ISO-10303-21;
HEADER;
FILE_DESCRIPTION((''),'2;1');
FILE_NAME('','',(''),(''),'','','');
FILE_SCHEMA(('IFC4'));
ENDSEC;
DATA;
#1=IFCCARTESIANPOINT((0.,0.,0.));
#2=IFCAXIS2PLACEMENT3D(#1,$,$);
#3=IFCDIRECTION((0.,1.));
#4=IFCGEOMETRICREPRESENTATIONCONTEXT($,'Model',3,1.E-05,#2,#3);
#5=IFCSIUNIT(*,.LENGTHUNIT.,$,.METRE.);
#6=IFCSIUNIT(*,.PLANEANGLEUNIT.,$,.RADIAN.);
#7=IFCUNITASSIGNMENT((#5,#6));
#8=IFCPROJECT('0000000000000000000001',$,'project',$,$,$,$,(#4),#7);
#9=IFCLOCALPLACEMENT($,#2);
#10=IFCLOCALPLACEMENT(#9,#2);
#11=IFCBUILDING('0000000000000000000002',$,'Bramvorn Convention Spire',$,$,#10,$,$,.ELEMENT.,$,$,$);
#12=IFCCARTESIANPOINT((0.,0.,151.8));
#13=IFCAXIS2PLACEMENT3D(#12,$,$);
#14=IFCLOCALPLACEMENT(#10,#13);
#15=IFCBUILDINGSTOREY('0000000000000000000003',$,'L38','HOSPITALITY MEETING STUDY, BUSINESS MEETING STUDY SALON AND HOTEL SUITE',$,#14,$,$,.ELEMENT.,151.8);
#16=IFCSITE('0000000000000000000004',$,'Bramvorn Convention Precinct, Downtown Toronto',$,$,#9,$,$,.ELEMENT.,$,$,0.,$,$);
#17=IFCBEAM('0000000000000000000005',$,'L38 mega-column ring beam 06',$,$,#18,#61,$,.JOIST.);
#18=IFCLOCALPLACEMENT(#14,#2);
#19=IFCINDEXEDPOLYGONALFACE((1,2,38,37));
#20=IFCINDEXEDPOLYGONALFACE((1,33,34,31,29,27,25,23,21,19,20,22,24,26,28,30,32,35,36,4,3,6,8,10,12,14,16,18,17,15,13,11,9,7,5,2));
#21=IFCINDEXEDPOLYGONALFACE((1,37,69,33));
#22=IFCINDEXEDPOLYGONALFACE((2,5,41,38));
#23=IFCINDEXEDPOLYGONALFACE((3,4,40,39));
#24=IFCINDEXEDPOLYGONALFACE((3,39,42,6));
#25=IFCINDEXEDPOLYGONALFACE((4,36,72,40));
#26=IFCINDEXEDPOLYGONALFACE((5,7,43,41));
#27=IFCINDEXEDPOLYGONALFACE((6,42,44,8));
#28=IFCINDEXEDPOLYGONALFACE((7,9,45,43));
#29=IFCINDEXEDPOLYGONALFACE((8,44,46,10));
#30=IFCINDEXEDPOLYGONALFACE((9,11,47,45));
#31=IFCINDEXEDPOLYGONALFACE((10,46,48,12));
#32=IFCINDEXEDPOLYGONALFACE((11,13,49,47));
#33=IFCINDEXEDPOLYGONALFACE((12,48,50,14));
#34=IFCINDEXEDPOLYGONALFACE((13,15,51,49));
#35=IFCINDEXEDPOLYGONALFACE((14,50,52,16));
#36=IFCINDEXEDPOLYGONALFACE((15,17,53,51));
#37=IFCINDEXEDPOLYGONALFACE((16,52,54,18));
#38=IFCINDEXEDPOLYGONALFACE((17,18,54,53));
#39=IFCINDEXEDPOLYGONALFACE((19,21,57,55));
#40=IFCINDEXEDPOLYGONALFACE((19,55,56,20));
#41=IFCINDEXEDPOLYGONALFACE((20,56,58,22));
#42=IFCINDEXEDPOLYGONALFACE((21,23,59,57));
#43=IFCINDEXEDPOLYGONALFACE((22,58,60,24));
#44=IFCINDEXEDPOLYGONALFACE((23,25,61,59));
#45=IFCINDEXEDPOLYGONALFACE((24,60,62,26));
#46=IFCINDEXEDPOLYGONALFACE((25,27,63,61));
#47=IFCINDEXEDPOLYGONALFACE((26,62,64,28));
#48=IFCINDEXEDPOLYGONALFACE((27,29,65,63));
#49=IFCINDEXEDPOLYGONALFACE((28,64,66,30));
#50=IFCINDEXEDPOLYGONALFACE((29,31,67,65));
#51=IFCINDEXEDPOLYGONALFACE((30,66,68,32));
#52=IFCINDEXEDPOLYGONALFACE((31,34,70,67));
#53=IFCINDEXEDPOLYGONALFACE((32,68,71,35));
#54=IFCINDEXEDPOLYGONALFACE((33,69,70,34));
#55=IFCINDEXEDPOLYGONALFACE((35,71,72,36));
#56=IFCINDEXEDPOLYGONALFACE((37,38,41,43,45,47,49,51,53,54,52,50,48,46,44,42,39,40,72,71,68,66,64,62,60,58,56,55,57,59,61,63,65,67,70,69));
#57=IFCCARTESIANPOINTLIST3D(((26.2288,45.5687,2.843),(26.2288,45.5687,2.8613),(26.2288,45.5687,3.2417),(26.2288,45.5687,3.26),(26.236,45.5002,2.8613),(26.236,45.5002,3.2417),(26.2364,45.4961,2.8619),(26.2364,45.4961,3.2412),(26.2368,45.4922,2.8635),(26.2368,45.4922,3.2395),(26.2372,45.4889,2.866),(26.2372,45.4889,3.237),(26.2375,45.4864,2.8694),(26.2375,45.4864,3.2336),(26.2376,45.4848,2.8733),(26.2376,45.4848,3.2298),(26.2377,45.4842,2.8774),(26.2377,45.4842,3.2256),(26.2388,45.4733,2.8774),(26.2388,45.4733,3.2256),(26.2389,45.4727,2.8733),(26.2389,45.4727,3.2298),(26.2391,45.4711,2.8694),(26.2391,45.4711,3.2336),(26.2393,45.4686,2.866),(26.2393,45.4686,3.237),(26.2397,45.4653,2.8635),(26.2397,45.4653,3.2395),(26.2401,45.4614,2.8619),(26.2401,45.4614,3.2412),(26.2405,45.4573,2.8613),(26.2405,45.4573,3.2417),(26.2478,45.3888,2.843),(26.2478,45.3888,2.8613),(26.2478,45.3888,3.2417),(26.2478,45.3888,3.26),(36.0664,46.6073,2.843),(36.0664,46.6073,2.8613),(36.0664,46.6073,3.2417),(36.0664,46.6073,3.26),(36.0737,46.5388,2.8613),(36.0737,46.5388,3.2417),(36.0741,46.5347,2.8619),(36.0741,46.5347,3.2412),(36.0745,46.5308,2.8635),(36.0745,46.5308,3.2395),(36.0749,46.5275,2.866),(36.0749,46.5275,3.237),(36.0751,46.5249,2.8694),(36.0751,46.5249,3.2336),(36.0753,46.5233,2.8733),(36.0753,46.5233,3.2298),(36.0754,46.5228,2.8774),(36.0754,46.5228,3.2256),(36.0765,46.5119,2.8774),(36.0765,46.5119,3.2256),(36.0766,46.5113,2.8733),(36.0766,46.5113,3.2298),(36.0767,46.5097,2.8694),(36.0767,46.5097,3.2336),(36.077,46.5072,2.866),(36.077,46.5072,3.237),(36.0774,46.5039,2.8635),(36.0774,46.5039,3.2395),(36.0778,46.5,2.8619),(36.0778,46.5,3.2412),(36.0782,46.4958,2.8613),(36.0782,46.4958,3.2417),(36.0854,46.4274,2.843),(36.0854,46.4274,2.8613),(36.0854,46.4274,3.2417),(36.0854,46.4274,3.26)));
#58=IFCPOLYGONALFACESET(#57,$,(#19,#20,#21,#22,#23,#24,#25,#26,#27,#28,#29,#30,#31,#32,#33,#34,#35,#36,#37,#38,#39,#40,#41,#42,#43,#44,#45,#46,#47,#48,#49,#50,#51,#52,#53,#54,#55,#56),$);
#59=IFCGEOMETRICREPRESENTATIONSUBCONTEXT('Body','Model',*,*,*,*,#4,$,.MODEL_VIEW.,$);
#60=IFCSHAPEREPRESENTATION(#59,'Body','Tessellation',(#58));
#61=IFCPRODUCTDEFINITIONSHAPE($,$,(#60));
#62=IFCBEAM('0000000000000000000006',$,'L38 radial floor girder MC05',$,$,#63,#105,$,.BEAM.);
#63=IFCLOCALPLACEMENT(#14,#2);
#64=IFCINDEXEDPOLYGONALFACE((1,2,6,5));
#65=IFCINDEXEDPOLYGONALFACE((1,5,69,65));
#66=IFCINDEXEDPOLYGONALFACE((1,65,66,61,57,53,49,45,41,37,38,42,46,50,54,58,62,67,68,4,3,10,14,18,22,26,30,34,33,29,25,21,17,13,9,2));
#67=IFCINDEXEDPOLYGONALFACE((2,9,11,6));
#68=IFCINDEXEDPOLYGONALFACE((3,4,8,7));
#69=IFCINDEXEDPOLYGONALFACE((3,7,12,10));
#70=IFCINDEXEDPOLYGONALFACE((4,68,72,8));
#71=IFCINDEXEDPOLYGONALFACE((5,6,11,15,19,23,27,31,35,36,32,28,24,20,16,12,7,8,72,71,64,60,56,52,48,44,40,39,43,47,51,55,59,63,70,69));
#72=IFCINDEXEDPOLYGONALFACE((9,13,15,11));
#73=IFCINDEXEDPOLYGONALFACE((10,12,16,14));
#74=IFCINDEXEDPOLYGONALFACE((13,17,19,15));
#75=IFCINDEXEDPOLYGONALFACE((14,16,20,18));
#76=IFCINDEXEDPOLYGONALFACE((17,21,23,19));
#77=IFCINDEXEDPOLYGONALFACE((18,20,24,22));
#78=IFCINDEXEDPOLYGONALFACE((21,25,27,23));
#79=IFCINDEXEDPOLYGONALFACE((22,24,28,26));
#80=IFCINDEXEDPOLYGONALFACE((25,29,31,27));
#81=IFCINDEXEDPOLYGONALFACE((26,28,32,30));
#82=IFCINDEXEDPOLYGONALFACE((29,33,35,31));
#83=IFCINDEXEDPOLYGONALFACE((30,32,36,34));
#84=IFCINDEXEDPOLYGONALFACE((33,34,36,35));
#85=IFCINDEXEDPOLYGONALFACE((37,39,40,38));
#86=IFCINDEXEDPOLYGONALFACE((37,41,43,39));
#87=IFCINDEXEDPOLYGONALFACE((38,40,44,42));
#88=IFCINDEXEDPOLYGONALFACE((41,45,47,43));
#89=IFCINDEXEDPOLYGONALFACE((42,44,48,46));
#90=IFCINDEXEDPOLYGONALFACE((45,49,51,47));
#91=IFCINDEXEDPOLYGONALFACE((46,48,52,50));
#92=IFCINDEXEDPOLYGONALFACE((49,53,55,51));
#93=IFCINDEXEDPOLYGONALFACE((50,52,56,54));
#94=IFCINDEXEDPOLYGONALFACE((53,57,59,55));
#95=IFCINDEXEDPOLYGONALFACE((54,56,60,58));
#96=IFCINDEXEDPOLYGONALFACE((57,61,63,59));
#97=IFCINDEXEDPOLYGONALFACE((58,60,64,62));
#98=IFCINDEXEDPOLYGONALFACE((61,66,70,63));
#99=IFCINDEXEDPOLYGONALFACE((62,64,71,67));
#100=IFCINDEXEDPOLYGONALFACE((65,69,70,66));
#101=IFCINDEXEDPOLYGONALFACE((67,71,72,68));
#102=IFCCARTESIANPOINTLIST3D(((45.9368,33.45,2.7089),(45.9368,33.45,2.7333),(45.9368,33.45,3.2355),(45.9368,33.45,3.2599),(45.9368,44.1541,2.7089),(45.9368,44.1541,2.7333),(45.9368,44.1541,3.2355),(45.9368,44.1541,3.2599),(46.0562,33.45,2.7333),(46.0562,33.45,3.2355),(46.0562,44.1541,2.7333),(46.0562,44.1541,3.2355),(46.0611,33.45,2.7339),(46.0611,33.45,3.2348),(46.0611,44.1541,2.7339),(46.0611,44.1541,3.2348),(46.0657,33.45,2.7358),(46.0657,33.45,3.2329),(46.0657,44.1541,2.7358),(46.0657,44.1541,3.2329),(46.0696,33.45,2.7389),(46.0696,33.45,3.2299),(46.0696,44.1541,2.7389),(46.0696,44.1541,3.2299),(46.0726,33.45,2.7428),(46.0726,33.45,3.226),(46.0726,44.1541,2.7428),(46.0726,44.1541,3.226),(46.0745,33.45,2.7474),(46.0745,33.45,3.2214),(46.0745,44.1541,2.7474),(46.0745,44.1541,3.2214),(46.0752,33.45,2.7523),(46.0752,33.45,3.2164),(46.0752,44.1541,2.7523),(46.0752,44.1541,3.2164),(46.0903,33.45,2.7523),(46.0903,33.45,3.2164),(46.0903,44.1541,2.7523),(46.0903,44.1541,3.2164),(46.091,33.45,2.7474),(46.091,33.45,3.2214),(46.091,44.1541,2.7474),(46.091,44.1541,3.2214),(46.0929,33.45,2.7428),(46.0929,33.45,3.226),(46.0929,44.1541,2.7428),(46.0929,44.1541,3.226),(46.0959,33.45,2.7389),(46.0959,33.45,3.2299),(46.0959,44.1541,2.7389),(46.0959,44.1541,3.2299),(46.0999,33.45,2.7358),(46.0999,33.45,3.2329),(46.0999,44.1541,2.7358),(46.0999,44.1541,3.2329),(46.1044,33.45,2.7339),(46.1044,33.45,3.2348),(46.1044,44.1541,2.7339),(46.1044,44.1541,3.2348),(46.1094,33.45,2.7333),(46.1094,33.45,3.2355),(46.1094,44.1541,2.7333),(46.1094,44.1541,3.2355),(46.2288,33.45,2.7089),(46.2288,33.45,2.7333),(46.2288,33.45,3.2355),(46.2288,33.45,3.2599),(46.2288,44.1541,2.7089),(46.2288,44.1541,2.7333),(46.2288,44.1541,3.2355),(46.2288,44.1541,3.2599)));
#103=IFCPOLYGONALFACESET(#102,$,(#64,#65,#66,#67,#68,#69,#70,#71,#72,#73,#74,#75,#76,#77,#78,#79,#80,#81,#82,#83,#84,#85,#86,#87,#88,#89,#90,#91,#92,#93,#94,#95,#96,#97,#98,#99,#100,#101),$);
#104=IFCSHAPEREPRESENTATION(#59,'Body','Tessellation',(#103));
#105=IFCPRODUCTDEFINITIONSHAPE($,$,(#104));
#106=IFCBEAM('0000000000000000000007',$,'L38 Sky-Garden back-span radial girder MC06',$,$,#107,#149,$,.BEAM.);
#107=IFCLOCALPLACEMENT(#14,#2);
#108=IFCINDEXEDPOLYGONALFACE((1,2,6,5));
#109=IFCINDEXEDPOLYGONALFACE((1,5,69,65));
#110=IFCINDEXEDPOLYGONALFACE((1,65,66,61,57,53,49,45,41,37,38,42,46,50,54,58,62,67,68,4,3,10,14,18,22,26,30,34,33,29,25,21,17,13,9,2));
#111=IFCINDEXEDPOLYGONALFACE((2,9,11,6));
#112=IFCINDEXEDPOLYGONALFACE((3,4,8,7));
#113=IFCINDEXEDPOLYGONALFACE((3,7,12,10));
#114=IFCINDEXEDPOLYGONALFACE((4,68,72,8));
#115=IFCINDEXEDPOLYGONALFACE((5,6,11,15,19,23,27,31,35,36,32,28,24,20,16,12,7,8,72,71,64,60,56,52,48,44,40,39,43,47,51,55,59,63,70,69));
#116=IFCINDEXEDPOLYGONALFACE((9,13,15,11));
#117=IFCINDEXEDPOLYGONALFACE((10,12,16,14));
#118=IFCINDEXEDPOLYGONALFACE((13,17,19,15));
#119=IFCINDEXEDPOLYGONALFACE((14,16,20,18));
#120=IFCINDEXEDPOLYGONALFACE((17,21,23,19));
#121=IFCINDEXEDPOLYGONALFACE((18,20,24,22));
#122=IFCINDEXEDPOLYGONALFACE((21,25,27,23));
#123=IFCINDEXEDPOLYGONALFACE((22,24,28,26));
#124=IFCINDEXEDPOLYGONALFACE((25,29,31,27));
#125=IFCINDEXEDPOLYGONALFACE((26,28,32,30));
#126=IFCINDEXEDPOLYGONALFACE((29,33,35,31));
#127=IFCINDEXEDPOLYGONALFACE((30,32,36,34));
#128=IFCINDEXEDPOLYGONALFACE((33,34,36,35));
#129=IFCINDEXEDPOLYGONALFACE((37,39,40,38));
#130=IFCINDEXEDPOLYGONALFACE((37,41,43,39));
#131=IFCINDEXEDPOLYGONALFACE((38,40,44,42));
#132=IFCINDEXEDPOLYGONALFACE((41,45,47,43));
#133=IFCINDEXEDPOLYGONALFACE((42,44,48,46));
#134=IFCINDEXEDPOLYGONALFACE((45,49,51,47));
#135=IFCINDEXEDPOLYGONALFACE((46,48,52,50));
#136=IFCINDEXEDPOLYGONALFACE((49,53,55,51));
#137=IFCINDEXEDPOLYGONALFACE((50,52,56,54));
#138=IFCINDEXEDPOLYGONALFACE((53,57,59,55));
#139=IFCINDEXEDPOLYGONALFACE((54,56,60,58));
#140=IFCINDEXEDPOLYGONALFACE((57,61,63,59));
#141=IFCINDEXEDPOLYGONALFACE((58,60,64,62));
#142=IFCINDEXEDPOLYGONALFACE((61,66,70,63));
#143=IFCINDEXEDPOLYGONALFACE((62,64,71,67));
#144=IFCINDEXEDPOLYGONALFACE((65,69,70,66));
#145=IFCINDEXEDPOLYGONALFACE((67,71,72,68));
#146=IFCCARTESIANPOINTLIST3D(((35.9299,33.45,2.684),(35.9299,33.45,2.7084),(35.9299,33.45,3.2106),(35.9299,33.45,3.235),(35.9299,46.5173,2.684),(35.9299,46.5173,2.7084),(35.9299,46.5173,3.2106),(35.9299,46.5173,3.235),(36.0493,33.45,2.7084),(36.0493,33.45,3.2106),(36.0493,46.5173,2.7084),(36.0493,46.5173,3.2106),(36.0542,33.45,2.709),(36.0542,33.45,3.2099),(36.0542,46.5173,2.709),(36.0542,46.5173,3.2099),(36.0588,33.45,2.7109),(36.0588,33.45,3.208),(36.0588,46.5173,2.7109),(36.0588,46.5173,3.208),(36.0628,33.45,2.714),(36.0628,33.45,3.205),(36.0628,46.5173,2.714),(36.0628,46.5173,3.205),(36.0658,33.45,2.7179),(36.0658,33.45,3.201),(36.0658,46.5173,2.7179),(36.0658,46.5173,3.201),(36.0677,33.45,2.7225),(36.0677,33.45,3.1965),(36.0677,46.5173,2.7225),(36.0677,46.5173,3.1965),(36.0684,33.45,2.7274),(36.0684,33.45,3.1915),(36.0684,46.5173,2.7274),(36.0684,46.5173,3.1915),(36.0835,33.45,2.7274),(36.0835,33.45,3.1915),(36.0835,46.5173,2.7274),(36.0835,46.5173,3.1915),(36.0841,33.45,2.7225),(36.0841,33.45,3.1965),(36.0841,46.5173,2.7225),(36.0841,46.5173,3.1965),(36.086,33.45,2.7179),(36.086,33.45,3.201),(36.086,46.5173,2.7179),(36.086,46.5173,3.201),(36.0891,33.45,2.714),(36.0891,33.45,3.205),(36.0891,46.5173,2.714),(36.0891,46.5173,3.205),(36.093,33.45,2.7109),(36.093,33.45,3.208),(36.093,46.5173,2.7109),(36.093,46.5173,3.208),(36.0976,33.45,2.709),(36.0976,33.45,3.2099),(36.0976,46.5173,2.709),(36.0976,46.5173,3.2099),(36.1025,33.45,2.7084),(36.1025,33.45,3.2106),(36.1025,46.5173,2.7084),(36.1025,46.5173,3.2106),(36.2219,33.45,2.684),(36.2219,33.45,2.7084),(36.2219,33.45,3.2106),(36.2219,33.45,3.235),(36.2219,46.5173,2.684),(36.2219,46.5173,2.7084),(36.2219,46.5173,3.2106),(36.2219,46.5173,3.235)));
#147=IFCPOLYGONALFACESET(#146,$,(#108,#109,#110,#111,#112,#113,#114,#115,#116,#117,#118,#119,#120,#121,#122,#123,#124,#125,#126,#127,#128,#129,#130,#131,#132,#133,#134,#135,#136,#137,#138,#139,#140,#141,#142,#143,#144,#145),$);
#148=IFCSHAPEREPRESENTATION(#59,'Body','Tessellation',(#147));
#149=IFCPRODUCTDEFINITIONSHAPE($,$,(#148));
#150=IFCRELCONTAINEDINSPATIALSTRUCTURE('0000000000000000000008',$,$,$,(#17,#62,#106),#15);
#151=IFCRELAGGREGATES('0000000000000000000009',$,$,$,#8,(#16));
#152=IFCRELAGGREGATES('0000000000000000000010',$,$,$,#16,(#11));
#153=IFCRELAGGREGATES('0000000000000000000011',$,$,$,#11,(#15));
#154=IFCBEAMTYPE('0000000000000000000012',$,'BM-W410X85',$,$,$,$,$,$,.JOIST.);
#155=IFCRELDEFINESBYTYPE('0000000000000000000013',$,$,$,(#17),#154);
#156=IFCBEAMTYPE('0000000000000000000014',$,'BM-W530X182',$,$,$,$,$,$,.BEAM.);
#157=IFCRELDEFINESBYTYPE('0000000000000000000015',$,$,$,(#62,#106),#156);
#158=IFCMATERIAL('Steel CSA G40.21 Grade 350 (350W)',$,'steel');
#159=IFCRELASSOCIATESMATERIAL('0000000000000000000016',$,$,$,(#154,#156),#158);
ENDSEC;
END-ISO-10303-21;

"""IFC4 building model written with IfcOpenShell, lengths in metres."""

from ifc_helpers import new_model, si_unit, direction, frame, origin, origin_2d, place, context, subcontext, project, spatial, i_section, extrude, material, material_profile, profile_set, type_object, element, save


model = new_model("IFC4")

# Units and contexts
model_context = context("Model", 3, precision=1e-05, world=origin(), true_north=direction((0.0, 1.0)))
body_context = subcontext(model_context, "Body", "Model", "MODEL_VIEW")
ifc_project = project(units=[si_unit("LENGTHUNIT", "METRE"), si_unit("PLANEANGLEUNIT", "RADIAN")], contexts=[model_context])

# Site, building, storey
site_placement = place(None, origin())
site = spatial("IfcSite", under=ifc_project, at=site_placement, Name="Bramvorn Convention Precinct, Downtown Toronto", CompositionType="ELEMENT", RefElevation=0.0)
building_placement = place(site_placement, origin())
building = spatial("IfcBuilding", under=site, at=building_placement, Name="Bramvorn Convention Spire", CompositionType="ELEMENT")
storey_placement = place(building_placement, frame((0.0, 0.0, 151.8)))
storey = spatial("IfcBuildingStorey", under=building, at=storey_placement, Name="L38", Description="HOSPITALITY MEETING STUDY, BUSINESS MEETING STUDY SALON AND HOTEL SUITE", CompositionType="ELEMENT", Elevation=151.8)

# Shared definitions
ifc_material_1 = material(Name="Steel CSA G40.21 Grade 350 (350W)", Category="steel")

# Beams
ifc_material_profile_1 = material_profile(ifc_material_1, i_section(OverallWidth=0.1809, OverallDepth=0.417, WebThickness=0.011, FlangeThickness=0.0183, FilletRadius=0.0161, at=origin_2d()))
ifc_profile_set_1 = profile_set([ifc_material_profile_1], Name="Steel CSA G40.21 Grade 350 (350W) - W410X85")
beam_type_1 = type_object("IfcBeamType", Name="BM-W410X85", PredefinedType="JOIST", material=ifc_profile_set_1)
beam_1_placement = place(storey_placement, frame((36.0759, 46.5173, 3.0515), z_axis=(-0.994473, -0.104988, 0.0), x_axis=(0.104988, -0.994473, 0.0)))
element("IfcBeam", 1, at=beam_1_placement, inside=storey, type_object=beam_type_1, Name="L38 mega-column ring beam 06", PredefinedType="JOIST", context=body_context, shape_type="SweptSolid", body=[
    extrude(i_section(OverallWidth=0.1809, OverallDepth=0.417, WebThickness=0.011, FlangeThickness=0.0183, FilletRadius=0.0161, at=origin_2d()), origin(), (0.0, 0.0, 1.0), 9.8923),
])
ifc_material_profile_2 = material_profile(ifc_material_1, i_section(OverallWidth=0.292, OverallDepth=0.551, WebThickness=0.0151, FlangeThickness=0.0244, FilletRadius=0.019, at=origin_2d()))
ifc_profile_set_2 = profile_set([ifc_material_profile_2], Name="Steel CSA G40.21 Grade 350 (350W) - W530X182")
beam_type_2 = type_object("IfcBeamType", Name="BM-W530X182", PredefinedType="BEAM", material=ifc_profile_set_2)
beam_2_placement = place(storey_placement, frame((46.0828, 33.45, 2.9844), z_axis=(0.0, 1.0, 0.0), x_axis=(-1.0, 0.0, 0.0)))
element("IfcBeam", 2, at=beam_2_placement, inside=storey, type_object=beam_type_2, Name="L38 radial floor girder MC05", PredefinedType="BEAM", context=body_context, shape_type="SweptSolid", body=[
    extrude(i_section(OverallWidth=0.292, OverallDepth=0.551, WebThickness=0.0151, FlangeThickness=0.0244, FilletRadius=0.019, at=origin_2d()), origin(), (0.0, 0.0, 1.0), 10.7041),
])
beam_3_placement = place(storey_placement, frame((36.0759, 33.45, 2.9595), z_axis=(0.0, 1.0, 0.0), x_axis=(-1.0, 0.0, 0.0)))
element("IfcBeam", 3, at=beam_3_placement, inside=storey, type_object=beam_type_2, Name="L38 Sky-Garden back-span radial girder MC06", PredefinedType="BEAM", context=body_context, shape_type="SweptSolid", body=[
    extrude(i_section(OverallWidth=0.292, OverallDepth=0.551, WebThickness=0.0151, FlangeThickness=0.0244, FilletRadius=0.019, at=origin_2d()), origin(), (0.0, 0.0, 1.0), 13.0674),
])

save(model, "model.ifc")
